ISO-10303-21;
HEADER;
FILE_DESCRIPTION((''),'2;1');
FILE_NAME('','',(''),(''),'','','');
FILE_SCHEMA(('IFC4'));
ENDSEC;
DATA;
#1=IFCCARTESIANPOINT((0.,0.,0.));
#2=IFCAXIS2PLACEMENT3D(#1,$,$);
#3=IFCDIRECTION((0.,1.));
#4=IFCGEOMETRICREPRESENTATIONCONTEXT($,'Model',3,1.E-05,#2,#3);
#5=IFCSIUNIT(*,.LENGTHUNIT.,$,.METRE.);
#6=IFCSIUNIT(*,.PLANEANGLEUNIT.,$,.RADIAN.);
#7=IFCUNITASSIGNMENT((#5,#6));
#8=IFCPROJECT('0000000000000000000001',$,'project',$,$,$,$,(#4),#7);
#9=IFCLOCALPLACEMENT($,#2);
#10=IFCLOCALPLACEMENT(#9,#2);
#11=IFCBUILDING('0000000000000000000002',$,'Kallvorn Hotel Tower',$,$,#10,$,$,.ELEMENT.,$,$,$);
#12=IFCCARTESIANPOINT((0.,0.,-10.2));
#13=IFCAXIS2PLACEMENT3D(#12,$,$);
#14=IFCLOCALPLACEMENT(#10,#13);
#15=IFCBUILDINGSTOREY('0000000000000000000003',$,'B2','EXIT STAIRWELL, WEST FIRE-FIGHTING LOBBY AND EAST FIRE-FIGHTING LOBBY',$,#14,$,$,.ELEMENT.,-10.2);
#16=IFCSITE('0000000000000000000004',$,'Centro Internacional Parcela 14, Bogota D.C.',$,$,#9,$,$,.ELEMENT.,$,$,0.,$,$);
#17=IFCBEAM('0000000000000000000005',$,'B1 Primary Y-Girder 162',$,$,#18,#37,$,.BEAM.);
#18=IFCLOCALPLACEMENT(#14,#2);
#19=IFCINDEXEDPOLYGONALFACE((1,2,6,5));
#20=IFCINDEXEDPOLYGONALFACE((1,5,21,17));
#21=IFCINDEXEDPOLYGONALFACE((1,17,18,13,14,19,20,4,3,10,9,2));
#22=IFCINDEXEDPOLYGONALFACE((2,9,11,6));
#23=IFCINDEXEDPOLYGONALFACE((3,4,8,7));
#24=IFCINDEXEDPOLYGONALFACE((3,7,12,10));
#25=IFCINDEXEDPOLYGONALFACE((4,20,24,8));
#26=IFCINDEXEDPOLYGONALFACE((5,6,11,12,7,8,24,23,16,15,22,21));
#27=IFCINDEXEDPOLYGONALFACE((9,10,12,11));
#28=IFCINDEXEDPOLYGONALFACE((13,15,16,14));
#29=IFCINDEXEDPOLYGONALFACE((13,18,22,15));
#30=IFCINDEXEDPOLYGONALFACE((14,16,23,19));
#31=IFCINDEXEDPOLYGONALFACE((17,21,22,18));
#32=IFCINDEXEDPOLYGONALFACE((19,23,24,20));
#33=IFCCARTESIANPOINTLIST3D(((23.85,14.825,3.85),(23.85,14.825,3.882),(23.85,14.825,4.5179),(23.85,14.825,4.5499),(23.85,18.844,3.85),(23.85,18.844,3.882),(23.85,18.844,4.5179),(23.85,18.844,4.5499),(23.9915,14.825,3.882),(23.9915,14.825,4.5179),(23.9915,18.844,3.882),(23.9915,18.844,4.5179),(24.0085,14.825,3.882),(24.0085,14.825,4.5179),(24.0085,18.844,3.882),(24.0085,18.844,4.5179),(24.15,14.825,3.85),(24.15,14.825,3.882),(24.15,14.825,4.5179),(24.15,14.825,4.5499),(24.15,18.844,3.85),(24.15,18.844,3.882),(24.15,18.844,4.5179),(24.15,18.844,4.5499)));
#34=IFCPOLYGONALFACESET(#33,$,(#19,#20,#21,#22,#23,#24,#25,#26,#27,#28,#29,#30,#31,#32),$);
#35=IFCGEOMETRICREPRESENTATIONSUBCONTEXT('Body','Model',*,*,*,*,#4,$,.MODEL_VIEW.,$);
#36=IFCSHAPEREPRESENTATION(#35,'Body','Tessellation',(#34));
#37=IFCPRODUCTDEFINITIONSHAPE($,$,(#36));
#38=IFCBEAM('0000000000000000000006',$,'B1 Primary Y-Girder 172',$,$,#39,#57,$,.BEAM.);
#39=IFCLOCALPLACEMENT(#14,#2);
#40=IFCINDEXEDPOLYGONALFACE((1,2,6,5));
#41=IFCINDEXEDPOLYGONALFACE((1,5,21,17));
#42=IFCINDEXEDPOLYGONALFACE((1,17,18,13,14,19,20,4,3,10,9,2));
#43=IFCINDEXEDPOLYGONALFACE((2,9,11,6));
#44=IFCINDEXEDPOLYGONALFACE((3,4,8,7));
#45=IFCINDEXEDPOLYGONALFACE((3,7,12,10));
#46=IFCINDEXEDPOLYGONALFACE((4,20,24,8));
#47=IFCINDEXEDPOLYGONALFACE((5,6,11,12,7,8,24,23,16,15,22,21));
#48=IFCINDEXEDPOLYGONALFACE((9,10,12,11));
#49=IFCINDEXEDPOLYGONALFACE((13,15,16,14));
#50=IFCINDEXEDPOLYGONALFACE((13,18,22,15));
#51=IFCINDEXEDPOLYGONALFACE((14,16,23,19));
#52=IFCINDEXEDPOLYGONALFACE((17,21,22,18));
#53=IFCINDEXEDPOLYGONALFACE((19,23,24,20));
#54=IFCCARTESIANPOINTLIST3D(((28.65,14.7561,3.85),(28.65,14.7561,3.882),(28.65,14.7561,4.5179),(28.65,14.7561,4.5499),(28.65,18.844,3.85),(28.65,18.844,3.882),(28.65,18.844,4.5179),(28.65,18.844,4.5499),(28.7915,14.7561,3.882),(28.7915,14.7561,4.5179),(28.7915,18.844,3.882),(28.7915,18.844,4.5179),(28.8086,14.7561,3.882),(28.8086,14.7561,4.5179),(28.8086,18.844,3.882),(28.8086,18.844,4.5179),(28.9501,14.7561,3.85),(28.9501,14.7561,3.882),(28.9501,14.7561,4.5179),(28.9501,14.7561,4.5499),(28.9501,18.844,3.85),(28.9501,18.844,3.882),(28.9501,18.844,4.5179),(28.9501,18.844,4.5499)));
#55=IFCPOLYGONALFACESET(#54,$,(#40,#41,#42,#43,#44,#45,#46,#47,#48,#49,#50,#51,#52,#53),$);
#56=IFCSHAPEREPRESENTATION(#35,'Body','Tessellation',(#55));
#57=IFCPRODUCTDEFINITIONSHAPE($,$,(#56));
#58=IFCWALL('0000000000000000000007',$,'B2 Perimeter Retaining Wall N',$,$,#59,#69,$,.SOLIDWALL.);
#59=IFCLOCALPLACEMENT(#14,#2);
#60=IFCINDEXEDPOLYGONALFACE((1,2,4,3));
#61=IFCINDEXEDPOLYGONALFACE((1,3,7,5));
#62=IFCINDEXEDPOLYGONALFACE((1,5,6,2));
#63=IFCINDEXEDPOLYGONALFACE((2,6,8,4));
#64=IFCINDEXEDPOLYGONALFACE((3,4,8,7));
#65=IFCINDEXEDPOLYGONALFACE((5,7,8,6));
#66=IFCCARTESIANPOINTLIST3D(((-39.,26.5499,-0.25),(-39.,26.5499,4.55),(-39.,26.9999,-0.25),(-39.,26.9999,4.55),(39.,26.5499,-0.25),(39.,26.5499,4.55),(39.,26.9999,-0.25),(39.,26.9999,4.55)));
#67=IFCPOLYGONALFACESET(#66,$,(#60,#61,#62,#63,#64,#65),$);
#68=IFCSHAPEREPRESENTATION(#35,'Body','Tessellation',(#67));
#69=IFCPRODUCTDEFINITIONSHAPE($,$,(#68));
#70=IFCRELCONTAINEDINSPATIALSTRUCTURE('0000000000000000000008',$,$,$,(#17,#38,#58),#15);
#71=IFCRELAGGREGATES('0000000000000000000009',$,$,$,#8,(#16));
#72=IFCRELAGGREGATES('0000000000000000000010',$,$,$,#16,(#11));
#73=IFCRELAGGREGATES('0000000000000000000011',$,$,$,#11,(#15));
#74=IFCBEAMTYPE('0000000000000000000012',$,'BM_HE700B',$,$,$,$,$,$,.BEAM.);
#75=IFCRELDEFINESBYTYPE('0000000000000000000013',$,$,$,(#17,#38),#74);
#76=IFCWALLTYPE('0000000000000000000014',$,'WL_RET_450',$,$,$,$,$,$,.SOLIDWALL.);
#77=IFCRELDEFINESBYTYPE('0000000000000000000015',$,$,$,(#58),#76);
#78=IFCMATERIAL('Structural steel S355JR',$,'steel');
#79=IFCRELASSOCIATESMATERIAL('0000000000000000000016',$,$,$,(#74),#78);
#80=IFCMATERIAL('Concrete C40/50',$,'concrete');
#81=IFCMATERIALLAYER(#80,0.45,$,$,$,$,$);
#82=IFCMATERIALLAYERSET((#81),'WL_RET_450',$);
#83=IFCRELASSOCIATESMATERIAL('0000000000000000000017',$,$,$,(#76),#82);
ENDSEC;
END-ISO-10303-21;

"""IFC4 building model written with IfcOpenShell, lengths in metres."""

from ifc_helpers import new_model, si_unit, direction, frame, frame_2d, origin, origin_2d, place, context, subcontext, project, spatial, rectangle, i_section, extrude, material, layer, layer_set, material_profile, profile_set, type_object, element, save


model = new_model("IFC4")

# Units and contexts
model_context = context("Model", 3, precision=1e-05, world=origin(), true_north=direction((0.0, 1.0)))
body_context = subcontext(model_context, "Body", "Model", "MODEL_VIEW")
ifc_project = project(units=[si_unit("LENGTHUNIT", "METRE"), si_unit("PLANEANGLEUNIT", "RADIAN")], contexts=[model_context])

# Site, building, storey
site_placement = place(None, origin())
site = spatial("IfcSite", under=ifc_project, at=site_placement, Name="Centro Internacional Parcela 14, Bogota D.C.", CompositionType="ELEMENT", RefElevation=0.0)
building_placement = place(site_placement, origin())
building = spatial("IfcBuilding", under=site, at=building_placement, Name="Kallvorn Hotel Tower", CompositionType="ELEMENT")
storey_placement = place(building_placement, frame((0.0, 0.0, -10.2)))
storey = spatial("IfcBuildingStorey", under=building, at=storey_placement, Name="B2", Description="EXIT STAIRWELL, WEST FIRE-FIGHTING LOBBY AND EAST FIRE-FIGHTING LOBBY", CompositionType="ELEMENT", Elevation=-10.2)

# Beams
ifc_material_1 = material(Name="Structural steel S355JR", Category="steel")
ifc_material_profile_1 = material_profile(ifc_material_1, i_section(OverallWidth=0.3, OverallDepth=0.7, WebThickness=0.0171, FlangeThickness=0.032, at=origin_2d()), Name="HE 700 B")
ifc_profile_set_1 = profile_set([ifc_material_profile_1], Name="Structural steel S355JR")
beam_type_1 = type_object("IfcBeamType", Name="BM_HE700B", PredefinedType="BEAM", material=ifc_profile_set_1)
beam_1_placement = place(storey_placement, frame((24.0, 14.825, 4.2), z_axis=(0.0, 1.0, 0.0), x_axis=(-1.0, 0.0, 0.0)))
element("IfcBeam", 1, at=beam_1_placement, inside=storey, type_object=beam_type_1, Name="B1 Primary Y-Girder 162", PredefinedType="BEAM", context=body_context, shape_type="SweptSolid", body=[
    extrude(i_section(OverallWidth=0.3, OverallDepth=0.7, WebThickness=0.0171, FlangeThickness=0.032, at=origin_2d()), origin(), (0.0, 0.0, 1.0), 4.019),
])
beam_2_placement = place(storey_placement, frame((28.8, 14.7561, 4.2), z_axis=(0.0, 1.0, 0.0), x_axis=(-1.0, 0.0, 0.0)))
element("IfcBeam", 2, at=beam_2_placement, inside=storey, type_object=beam_type_1, Name="B1 Primary Y-Girder 172", PredefinedType="BEAM", context=body_context, shape_type="SweptSolid", body=[
    extrude(i_section(OverallWidth=0.3, OverallDepth=0.7, WebThickness=0.0171, FlangeThickness=0.032, at=origin_2d()), origin(), (0.0, 0.0, 1.0), 4.0879),
])

# Wall
ifc_material_2 = material(Name="Concrete C40/50", Category="concrete")
ifc_layer = layer(ifc_material_2, 0.45)
ifc_layer_set = layer_set([ifc_layer], Name="WL_RET_450")
wall_type = type_object("IfcWallType", Name="WL_RET_450", PredefinedType="SOLIDWALL", material=ifc_layer_set)
wall_placement = place(storey_placement, frame((39.0, 26.7749, -0.25), z_axis=(0.0, 0.0, 1.0), x_axis=(-1.0, 0.0, 0.0)))
element("IfcWall", 3, at=wall_placement, inside=storey, type_object=wall_type, Name="B2 Perimeter Retaining Wall N", PredefinedType="SOLIDWALL", context=body_context, shape_type="SweptSolid", body=[
    extrude(rectangle(XDim=78.0, YDim=0.45, at=frame_2d((39.0, 0.0))), origin(), (0.0, 0.0, 1.0), 4.8),
])

save(model, "model.ifc")
